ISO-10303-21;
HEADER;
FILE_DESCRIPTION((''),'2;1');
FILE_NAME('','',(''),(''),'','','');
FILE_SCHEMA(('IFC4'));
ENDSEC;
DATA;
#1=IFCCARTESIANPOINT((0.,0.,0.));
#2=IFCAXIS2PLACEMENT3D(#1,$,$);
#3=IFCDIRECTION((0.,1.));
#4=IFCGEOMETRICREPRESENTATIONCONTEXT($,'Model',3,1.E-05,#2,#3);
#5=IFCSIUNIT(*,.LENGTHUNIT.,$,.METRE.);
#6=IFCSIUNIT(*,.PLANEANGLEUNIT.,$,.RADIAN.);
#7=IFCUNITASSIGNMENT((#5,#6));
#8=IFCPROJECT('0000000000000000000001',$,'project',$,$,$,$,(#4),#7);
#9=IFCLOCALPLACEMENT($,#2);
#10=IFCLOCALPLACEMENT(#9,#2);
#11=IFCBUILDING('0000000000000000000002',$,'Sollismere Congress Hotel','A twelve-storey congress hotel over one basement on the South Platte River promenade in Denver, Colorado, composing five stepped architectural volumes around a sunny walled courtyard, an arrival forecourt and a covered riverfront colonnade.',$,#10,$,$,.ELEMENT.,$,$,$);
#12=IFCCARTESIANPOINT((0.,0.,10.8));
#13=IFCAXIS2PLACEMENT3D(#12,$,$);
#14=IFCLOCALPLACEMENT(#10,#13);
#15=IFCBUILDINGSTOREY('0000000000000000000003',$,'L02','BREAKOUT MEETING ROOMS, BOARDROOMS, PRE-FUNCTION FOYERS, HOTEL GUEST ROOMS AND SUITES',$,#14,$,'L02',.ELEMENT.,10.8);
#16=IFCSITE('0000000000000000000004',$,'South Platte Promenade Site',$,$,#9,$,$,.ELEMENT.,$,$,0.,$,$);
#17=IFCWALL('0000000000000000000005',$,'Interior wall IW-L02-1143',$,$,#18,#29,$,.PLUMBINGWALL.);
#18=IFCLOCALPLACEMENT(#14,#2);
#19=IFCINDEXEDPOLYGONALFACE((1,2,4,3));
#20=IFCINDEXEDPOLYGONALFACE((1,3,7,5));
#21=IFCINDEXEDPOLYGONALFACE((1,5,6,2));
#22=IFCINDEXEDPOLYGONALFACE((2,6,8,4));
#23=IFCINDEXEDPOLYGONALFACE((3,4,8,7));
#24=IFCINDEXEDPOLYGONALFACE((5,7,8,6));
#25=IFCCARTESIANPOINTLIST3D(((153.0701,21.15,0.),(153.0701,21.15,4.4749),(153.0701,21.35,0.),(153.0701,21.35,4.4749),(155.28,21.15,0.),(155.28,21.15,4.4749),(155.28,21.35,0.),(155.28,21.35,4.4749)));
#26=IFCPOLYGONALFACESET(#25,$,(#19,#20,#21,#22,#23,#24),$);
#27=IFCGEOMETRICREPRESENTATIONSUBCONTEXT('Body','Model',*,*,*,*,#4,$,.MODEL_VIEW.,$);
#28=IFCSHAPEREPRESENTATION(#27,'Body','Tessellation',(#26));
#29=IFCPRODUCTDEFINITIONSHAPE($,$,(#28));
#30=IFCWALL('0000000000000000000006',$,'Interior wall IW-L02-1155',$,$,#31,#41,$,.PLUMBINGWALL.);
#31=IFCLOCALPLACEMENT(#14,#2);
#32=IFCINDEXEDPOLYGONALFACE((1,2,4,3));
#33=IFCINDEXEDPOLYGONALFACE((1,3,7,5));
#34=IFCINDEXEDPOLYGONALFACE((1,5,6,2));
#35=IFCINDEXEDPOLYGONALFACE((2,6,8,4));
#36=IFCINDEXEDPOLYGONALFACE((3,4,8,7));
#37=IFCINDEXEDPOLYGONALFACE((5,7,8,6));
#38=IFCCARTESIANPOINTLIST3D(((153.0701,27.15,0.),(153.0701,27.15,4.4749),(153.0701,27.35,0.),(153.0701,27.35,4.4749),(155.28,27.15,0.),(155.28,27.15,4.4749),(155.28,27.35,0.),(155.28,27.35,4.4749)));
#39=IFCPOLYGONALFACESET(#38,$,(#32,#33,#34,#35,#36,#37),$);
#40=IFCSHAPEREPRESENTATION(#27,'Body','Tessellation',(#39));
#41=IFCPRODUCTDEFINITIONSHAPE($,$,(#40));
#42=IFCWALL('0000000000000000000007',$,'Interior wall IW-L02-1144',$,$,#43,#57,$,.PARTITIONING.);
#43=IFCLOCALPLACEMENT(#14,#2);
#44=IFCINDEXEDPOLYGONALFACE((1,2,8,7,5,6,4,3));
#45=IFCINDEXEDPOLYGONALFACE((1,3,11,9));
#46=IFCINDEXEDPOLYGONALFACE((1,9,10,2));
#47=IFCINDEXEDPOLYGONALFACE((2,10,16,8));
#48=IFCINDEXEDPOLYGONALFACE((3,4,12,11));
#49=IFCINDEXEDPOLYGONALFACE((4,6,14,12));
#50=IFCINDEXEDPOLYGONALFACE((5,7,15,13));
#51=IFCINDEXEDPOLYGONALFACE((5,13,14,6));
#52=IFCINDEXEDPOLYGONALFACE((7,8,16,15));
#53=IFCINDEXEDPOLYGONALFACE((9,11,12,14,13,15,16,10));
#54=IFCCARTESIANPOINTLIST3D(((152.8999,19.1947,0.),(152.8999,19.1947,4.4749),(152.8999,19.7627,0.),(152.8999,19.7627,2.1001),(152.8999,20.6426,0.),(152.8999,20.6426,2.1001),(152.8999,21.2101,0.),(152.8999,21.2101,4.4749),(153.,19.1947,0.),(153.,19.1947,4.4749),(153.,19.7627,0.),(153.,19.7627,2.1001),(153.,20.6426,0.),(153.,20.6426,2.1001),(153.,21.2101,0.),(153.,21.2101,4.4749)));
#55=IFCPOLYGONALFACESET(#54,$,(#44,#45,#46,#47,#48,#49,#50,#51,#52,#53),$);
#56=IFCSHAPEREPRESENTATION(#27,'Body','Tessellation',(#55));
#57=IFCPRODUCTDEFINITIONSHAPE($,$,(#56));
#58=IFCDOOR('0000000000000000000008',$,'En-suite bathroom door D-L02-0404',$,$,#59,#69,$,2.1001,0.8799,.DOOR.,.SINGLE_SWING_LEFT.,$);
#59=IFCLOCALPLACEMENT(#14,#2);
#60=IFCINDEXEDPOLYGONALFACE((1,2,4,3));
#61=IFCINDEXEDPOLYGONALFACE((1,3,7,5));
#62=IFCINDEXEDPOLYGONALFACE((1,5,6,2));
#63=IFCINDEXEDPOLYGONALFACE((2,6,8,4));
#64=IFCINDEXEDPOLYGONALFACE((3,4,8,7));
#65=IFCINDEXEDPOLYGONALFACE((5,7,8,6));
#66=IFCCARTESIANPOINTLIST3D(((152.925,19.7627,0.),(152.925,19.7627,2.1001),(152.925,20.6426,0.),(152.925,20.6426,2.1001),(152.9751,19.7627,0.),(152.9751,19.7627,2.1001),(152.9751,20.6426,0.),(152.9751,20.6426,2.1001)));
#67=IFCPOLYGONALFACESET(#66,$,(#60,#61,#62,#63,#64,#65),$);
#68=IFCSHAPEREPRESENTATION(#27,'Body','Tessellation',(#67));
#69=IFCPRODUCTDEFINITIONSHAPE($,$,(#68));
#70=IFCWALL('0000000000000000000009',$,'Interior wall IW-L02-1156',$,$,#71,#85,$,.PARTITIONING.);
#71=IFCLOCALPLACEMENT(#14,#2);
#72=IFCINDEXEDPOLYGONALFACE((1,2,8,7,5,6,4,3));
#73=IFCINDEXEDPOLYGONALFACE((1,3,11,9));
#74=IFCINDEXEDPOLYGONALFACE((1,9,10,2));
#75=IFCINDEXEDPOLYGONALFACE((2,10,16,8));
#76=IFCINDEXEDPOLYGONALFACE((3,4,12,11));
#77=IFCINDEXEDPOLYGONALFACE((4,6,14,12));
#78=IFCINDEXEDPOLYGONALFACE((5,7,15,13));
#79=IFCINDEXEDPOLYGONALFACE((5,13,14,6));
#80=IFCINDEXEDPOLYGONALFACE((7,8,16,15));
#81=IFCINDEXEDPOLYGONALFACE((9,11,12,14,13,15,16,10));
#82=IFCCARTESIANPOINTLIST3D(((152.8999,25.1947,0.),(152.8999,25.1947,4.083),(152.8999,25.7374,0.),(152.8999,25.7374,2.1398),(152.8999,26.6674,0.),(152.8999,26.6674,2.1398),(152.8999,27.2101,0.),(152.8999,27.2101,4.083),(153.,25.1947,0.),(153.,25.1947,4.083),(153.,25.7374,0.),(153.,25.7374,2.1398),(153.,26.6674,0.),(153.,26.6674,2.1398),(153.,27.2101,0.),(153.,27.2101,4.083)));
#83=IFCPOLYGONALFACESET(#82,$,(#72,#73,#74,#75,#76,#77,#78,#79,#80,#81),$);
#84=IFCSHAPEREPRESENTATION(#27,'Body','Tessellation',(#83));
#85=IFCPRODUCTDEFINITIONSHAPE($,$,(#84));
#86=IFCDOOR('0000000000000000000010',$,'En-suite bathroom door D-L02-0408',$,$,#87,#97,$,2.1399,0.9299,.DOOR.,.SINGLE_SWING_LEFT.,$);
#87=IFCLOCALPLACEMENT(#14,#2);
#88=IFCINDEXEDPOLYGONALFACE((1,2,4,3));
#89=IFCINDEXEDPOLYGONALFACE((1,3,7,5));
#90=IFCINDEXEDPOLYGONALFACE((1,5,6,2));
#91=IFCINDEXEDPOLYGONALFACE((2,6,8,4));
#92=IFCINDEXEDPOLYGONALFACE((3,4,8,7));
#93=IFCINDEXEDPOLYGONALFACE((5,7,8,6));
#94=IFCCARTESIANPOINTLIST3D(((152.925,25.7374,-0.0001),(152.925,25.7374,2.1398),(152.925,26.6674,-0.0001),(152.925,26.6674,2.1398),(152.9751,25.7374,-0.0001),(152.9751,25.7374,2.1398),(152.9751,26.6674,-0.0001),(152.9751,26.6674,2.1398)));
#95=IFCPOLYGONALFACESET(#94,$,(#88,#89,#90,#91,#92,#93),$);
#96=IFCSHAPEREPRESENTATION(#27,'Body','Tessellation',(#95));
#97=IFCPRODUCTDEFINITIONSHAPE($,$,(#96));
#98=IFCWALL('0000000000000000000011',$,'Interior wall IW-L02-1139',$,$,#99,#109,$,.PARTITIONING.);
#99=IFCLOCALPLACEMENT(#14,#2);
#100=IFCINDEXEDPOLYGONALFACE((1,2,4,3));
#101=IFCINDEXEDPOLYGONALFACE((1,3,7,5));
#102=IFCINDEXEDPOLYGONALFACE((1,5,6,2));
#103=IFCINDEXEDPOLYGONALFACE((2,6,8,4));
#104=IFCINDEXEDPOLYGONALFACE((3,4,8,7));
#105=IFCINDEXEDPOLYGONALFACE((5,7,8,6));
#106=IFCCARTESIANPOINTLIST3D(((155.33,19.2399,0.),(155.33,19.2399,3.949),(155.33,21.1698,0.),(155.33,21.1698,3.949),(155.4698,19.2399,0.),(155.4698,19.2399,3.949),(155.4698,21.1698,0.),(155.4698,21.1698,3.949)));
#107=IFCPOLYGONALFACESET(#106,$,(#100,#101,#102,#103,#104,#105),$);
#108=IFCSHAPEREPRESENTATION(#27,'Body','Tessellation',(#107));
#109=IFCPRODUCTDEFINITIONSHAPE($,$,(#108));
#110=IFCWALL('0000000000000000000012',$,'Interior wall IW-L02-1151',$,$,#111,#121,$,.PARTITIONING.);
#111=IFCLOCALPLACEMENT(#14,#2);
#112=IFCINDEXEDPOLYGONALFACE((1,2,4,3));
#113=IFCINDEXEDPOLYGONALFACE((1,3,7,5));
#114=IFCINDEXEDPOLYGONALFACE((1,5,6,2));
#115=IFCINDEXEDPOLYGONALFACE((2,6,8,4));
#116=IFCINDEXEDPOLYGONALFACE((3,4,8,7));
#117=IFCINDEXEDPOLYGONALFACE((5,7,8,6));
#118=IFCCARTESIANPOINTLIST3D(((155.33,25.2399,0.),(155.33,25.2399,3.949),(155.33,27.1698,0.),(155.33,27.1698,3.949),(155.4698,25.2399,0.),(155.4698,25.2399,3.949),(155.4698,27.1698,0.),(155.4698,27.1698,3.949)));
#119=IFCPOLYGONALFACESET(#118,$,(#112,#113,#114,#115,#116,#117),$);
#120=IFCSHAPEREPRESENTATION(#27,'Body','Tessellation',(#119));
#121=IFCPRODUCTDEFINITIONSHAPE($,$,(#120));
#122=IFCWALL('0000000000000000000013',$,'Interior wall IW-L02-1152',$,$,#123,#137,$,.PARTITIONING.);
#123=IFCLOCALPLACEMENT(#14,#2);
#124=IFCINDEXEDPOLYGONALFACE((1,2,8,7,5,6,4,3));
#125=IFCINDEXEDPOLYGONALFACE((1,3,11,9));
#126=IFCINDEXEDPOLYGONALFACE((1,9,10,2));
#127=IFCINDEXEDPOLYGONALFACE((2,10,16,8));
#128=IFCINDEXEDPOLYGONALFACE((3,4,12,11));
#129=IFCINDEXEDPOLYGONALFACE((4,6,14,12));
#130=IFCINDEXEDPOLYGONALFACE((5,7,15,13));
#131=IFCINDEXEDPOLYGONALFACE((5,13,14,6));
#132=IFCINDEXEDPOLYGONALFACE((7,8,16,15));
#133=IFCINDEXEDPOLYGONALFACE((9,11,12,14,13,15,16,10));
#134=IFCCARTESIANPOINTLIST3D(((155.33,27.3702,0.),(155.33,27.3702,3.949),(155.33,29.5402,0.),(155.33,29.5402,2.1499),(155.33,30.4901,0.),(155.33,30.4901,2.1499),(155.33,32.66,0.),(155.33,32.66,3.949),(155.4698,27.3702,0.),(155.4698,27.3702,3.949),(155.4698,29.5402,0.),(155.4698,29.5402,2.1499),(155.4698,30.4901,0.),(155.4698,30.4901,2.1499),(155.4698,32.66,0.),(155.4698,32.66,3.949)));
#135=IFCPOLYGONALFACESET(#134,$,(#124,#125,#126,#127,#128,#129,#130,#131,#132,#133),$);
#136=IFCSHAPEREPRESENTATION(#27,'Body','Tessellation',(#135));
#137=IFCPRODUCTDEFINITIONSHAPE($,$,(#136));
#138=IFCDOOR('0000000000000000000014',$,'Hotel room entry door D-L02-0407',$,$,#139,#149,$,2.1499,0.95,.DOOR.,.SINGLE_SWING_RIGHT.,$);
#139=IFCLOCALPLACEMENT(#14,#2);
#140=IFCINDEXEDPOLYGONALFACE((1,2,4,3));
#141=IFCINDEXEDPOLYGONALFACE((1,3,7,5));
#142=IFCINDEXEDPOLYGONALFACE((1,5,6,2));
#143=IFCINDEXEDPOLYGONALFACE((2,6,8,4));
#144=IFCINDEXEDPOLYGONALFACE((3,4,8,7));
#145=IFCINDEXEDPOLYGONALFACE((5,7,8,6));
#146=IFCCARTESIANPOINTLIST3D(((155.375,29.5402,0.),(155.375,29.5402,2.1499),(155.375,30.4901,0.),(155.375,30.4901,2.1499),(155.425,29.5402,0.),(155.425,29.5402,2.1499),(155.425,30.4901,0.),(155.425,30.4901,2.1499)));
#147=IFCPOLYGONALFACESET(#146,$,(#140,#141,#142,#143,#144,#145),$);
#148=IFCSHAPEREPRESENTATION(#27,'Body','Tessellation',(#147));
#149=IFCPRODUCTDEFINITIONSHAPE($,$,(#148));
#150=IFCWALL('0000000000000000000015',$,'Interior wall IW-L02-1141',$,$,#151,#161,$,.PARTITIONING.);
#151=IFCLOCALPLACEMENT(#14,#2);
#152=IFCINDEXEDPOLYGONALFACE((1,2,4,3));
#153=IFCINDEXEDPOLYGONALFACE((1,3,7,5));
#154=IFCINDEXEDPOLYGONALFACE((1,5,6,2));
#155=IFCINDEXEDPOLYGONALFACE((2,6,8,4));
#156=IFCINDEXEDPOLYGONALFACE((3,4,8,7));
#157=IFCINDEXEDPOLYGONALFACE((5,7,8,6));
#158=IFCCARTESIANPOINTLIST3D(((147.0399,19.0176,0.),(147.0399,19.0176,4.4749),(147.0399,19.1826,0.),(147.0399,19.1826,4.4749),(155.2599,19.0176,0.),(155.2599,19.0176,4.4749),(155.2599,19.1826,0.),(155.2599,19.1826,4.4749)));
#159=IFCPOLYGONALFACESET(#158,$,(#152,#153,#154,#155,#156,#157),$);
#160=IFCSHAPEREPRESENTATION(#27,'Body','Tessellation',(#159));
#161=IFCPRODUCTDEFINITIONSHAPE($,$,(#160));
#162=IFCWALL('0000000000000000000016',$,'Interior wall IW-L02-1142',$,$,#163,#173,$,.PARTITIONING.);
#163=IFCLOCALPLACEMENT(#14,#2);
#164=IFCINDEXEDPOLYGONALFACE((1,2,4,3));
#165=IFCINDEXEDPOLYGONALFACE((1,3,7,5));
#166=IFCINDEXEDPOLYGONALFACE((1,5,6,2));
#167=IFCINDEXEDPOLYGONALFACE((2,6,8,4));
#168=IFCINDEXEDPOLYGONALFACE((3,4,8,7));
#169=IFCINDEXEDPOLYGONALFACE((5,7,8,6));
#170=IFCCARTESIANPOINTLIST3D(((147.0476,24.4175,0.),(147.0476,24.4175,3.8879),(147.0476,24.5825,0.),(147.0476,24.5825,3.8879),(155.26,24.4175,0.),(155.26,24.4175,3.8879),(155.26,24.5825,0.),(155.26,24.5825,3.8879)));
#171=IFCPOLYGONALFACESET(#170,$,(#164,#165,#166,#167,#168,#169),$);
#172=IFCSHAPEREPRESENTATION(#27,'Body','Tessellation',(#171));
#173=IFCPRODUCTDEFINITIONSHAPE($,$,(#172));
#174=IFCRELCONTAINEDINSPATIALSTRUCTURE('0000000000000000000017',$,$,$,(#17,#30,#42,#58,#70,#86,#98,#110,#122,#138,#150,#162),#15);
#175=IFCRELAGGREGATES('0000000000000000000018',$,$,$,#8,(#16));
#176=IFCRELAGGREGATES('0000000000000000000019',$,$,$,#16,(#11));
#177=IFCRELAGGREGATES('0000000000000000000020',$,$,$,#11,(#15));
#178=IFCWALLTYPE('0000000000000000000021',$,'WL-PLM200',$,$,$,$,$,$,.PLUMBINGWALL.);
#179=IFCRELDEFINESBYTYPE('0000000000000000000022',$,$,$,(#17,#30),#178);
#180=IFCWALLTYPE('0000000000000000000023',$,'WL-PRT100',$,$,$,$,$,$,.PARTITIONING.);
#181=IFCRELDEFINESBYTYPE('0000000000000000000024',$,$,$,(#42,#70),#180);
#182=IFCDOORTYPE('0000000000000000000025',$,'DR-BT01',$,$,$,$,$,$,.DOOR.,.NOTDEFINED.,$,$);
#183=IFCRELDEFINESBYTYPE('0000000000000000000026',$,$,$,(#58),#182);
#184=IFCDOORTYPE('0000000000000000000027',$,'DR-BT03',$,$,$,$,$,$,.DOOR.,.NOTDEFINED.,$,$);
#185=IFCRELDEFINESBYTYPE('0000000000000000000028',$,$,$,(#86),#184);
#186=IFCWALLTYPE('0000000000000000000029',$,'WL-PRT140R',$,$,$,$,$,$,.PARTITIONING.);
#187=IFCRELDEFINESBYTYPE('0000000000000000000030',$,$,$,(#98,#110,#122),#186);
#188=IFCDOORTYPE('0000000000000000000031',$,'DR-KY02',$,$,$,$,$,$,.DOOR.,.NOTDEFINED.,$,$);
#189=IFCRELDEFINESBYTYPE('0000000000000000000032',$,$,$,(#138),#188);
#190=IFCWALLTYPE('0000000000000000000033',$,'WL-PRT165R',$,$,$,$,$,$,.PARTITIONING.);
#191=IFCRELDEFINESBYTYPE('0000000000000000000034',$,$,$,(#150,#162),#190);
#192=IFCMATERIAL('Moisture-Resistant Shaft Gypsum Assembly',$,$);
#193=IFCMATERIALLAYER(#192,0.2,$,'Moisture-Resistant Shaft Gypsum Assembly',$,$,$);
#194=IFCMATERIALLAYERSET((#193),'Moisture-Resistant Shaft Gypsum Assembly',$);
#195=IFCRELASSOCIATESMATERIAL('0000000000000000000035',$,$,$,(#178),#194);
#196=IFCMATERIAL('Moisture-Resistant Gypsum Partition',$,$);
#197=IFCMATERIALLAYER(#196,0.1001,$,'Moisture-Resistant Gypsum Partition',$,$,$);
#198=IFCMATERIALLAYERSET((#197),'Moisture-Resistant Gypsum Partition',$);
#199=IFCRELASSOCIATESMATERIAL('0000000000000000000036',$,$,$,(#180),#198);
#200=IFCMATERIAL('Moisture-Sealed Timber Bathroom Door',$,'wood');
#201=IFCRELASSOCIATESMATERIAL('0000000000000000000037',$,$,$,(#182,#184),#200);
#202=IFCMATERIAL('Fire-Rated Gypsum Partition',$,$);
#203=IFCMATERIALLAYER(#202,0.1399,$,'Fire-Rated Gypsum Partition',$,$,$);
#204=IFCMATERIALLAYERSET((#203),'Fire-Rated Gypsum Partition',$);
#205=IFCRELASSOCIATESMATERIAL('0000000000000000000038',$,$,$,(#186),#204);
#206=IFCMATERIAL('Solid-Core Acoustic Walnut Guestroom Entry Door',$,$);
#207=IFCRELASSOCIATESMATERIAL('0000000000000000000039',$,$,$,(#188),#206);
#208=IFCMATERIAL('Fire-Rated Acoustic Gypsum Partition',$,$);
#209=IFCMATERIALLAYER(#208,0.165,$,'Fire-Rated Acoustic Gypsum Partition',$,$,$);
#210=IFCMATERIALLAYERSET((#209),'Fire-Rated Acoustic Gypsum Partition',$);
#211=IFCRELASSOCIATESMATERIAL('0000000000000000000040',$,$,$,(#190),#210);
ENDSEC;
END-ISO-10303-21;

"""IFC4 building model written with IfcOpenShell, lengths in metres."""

from ifc_helpers import new_model, si_unit, direction, frame, frame_2d, origin, place, context, subcontext, project, spatial, rectangle, extrude, material, layer, layer_set, type_object, element, fill, save


model = new_model("IFC4")

# Units and contexts
model_context = context("Model", 3, precision=1e-05, world=origin(), true_north=direction((0.0, 1.0)))
body_context = subcontext(model_context, "Body", "Model", "MODEL_VIEW")
ifc_project = project(units=[si_unit("LENGTHUNIT", "METRE"), si_unit("PLANEANGLEUNIT", "RADIAN")], contexts=[model_context])

# Site, building, storey
site_placement = place(None, origin())
site = spatial("IfcSite", under=ifc_project, at=site_placement, Name="South Platte Promenade Site", CompositionType="ELEMENT", RefElevation=0.0)
building_placement = place(site_placement, origin())
building = spatial("IfcBuilding", under=site, at=building_placement, Name="Sollismere Congress Hotel", Description="A twelve-storey congress hotel over one basement on the South Platte River promenade in Denver, Colorado, composing five stepped architectural volumes around a sunny walled courtyard, an arrival forecourt and a covered riverfront colonnade.", CompositionType="ELEMENT")
storey_placement = place(building_placement, frame((0.0, 0.0, 10.8)))
storey = spatial("IfcBuildingStorey", under=building, at=storey_placement, Name="L02", Description="BREAKOUT MEETING ROOMS, BOARDROOMS, PRE-FUNCTION FOYERS, HOTEL GUEST ROOMS AND SUITES", LongName="L02", CompositionType="ELEMENT", Elevation=10.8)

# Walls
ifc_material_1 = material(Name="Moisture-Resistant Shaft Gypsum Assembly")
ifc_layer_1 = layer(ifc_material_1, 0.2, Name="Moisture-Resistant Shaft Gypsum Assembly")
ifc_layer_set_1 = layer_set([ifc_layer_1], Name="Moisture-Resistant Shaft Gypsum Assembly")
wall_type_1 = type_object("IfcWallType", Name="WL-PLM200", PredefinedType="PLUMBINGWALL", material=ifc_layer_set_1)
for number, where, z_axis, x_axis, name in (
    (1, (153.0701, 21.25, 0.0), (0.0, 0.0, 1.0), (1.0, 0.0, 0.0), "Interior wall IW-L02-1143"),
    (2, (153.0701, 27.25, 0.0), (0.0, 0.0, 1.0), (1.0, 0.0, 0.0), "Interior wall IW-L02-1155"),
):
    element("IfcWall", number, at=place(storey_placement, frame(where, z_axis=z_axis, x_axis=x_axis)), inside=storey, type_object=wall_type_1, Name=name, PredefinedType="PLUMBINGWALL", context=body_context, shape_type="SweptSolid", body=[
        extrude(rectangle(XDim=2.21, YDim=0.2, at=frame_2d((1.105, 0.0))), origin(), (0.0, 0.0, 1.0), 4.4749),
    ])

# Walls, openings, doors
ifc_material_2 = material(Name="Moisture-Resistant Gypsum Partition")
ifc_layer_2 = layer(ifc_material_2, 0.1001, Name="Moisture-Resistant Gypsum Partition")
ifc_layer_set_2 = layer_set([ifc_layer_2], Name="Moisture-Resistant Gypsum Partition")
wall_type_2 = type_object("IfcWallType", Name="WL-PRT100", PredefinedType="PARTITIONING", material=ifc_layer_set_2)
wall_1_placement = place(storey_placement, frame((152.95, 19.1946, 0.0), z_axis=(0.0, 0.0, 1.0), x_axis=(0.0, 1.0, 0.0)))
wall_1 = element("IfcWall", 3, at=wall_1_placement, inside=storey, type_object=wall_type_2, Name="Interior wall IW-L02-1144", PredefinedType="PARTITIONING", context=body_context, shape_type="SweptSolid", body=[
    extrude(rectangle(XDim=2.0154, YDim=0.1001, at=frame_2d((1.0078, 0.0))), origin(), (0.0, 0.0, 1.0), 4.4749),
])
opening_1_placement = place(wall_1_placement, frame((0.5681, 0.0, 0.0)))
opening_1 = element("IfcOpeningElement", 4, at=opening_1_placement, cuts=wall_1, PredefinedType="OPENING", context=body_context, shape_type="SweptSolid", body=[
    extrude(rectangle(XDim=0.8799, YDim=2.1001, at=frame_2d((0.4399, 1.05))), frame((0.0, 0.0601, 0.0), z_axis=(0.0, -1.0, 0.0), x_axis=(1.0, 0.0, 0.0)), (0.0, 0.0, 1.0), 0.1201),
])
ifc_material_3 = material(Name="Moisture-Sealed Timber Bathroom Door", Category="wood")
door_type_1 = type_object("IfcDoorType", Name="DR-BT01", OperationType="NOTDEFINED", PredefinedType="DOOR", material=ifc_material_3)
door_1_placement = place(opening_1_placement, origin())
door_1 = element("IfcDoor", 5, at=door_1_placement, inside=storey, type_object=door_type_1, Name="En-suite bathroom door D-L02-0404", OperationType="SINGLE_SWING_LEFT", OverallHeight=2.1001, OverallWidth=0.8799, PredefinedType="DOOR", context=body_context, shape_type="SweptSolid", body=[
    extrude(rectangle(XDim=0.8799, YDim=2.1001, at=frame_2d((0.4399, 1.05))), frame((0.0, 0.0249, 0.0), z_axis=(0.0, -1.0, 0.0), x_axis=(1.0, 0.0, 0.0)), (0.0, 0.0, 1.0), 0.05),
])
fill(opening_1, door_1)
wall_2_placement = place(storey_placement, frame((152.95, 25.1946, 0.0), z_axis=(0.0, 0.0, 1.0), x_axis=(0.0, 1.0, 0.0)))
wall_2 = element("IfcWall", 6, at=wall_2_placement, inside=storey, type_object=wall_type_2, Name="Interior wall IW-L02-1156", PredefinedType="PARTITIONING", context=body_context, shape_type="SweptSolid", body=[
    extrude(rectangle(XDim=2.0154, YDim=0.1001, at=frame_2d((1.0078, 0.0))), origin(), (0.0, 0.0, 1.0), 4.083),
])
opening_2_placement = place(wall_2_placement, frame((0.543, 0.0, 0.0)))
opening_2 = element("IfcOpeningElement", 7, at=opening_2_placement, cuts=wall_2, PredefinedType="OPENING", context=body_context, shape_type="SweptSolid", body=[
    extrude(rectangle(XDim=0.9299, YDim=2.1399, at=frame_2d((0.4648, 1.0698))), frame((0.0, 0.0601, 0.0), z_axis=(0.0, -1.0, 0.0), x_axis=(1.0, 0.0, 0.0)), (0.0, 0.0, 1.0), 0.1201),
])
door_type_2 = type_object("IfcDoorType", Name="DR-BT03", OperationType="NOTDEFINED", PredefinedType="DOOR", material=ifc_material_3)
door_2_placement = place(opening_2_placement, origin())
door_2 = element("IfcDoor", 8, at=door_2_placement, inside=storey, type_object=door_type_2, Name="En-suite bathroom door D-L02-0408", OperationType="SINGLE_SWING_LEFT", OverallHeight=2.1399, OverallWidth=0.9299, PredefinedType="DOOR", context=body_context, shape_type="SweptSolid", body=[
    extrude(rectangle(XDim=0.9299, YDim=2.1399, at=frame_2d((0.4648, 1.0698))), frame((0.0, 0.0249, 0.0), z_axis=(0.0, -1.0, 0.0), x_axis=(1.0, 0.0, 0.0)), (0.0, 0.0, 1.0), 0.05),
])
fill(opening_2, door_2)

# Wall
ifc_material_4 = material(Name="Fire-Rated Gypsum Partition")
ifc_layer_3 = layer(ifc_material_4, 0.1399, Name="Fire-Rated Gypsum Partition")
ifc_layer_set_3 = layer_set([ifc_layer_3], Name="Fire-Rated Gypsum Partition")
wall_type_3 = type_object("IfcWallType", Name="WL-PRT140R", PredefinedType="PARTITIONING", material=ifc_layer_set_3)
wall_3_placement = place(storey_placement, frame((155.3999, 19.24, 0.0), z_axis=(0.0, 0.0, 1.0), x_axis=(0.0, 1.0, 0.0)))
element("IfcWall", 9, at=wall_3_placement, inside=storey, type_object=wall_type_3, Name="Interior wall IW-L02-1139", PredefinedType="PARTITIONING", context=body_context, shape_type="SweptSolid", body=[
    extrude(rectangle(XDim=1.9299, YDim=0.1399, at=frame_2d((0.9648, 0.0))), origin(), (0.0, 0.0, 1.0), 3.949),
])

# Shared definitions
ifc_material_5 = material(Name="Solid-Core Acoustic Walnut Guestroom Entry Door")

# Wall
wall_4_placement = place(storey_placement, frame((155.3999, 25.24, 0.0), z_axis=(0.0, 0.0, 1.0), x_axis=(0.0, 1.0, 0.0)))
element("IfcWall", 10, at=wall_4_placement, inside=storey, type_object=wall_type_3, Name="Interior wall IW-L02-1151", PredefinedType="PARTITIONING", context=body_context, shape_type="SweptSolid", body=[
    extrude(rectangle(XDim=1.9299, YDim=0.1399, at=frame_2d((0.9648, 0.0))), origin(), (0.0, 0.0, 1.0), 3.949),
])

# Wall, opening, door
wall_5_placement = place(storey_placement, frame((155.3999, 27.3701, 0.0), z_axis=(0.0, 0.0, 1.0), x_axis=(0.0, 1.0, 0.0)))
wall_5 = element("IfcWall", 11, at=wall_5_placement, inside=storey, type_object=wall_type_3, Name="Interior wall IW-L02-1152", PredefinedType="PARTITIONING", context=body_context, shape_type="SweptSolid", body=[
    extrude(rectangle(XDim=5.2898, YDim=0.1399, at=frame_2d((2.645, 0.0))), origin(), (0.0, 0.0, 1.0), 3.949),
])
opening_3_placement = place(wall_5_placement, frame((2.1699, 0.0, 0.0)))
opening_3 = element("IfcOpeningElement", 12, at=opening_3_placement, cuts=wall_5, PredefinedType="OPENING", context=body_context, shape_type="SweptSolid", body=[
    extrude(rectangle(XDim=0.95, YDim=2.1499, at=frame_2d((0.4751, 1.075))), frame((0.0, 0.0798, 0.0), z_axis=(0.0, -1.0, 0.0), x_axis=(1.0, 0.0, 0.0)), (0.0, 0.0, 1.0), 0.1599),
])
door_type_3 = type_object("IfcDoorType", Name="DR-KY02", OperationType="NOTDEFINED", PredefinedType="DOOR", material=ifc_material_5)
door_3_placement = place(opening_3_placement, origin())
door_3 = element("IfcDoor", 13, at=door_3_placement, inside=storey, type_object=door_type_3, Name="Hotel room entry door D-L02-0407", OperationType="SINGLE_SWING_RIGHT", OverallHeight=2.1499, OverallWidth=0.95, PredefinedType="DOOR", context=body_context, shape_type="SweptSolid", body=[
    extrude(rectangle(XDim=0.95, YDim=2.1499, at=frame_2d((0.4751, 1.075))), frame((0.0, 0.0249, 0.0), z_axis=(0.0, -1.0, 0.0), x_axis=(1.0, 0.0, 0.0)), (0.0, 0.0, 1.0), 0.05),
])
fill(opening_3, door_3)

# Walls
ifc_material_6 = material(Name="Fire-Rated Acoustic Gypsum Partition")
ifc_layer_4 = layer(ifc_material_6, 0.165, Name="Fire-Rated Acoustic Gypsum Partition")
ifc_layer_set_4 = layer_set([ifc_layer_4], Name="Fire-Rated Acoustic Gypsum Partition")
wall_type_4 = type_object("IfcWallType", Name="WL-PRT165R", PredefinedType="PARTITIONING", material=ifc_layer_set_4)
wall_6_placement = place(storey_placement, frame((147.04, 19.1001, 0.0), z_axis=(0.0, 0.0, 1.0), x_axis=(1.0, 0.0, 0.0)))
element("IfcWall", 14, at=wall_6_placement, inside=storey, type_object=wall_type_4, Name="Interior wall IW-L02-1141", PredefinedType="PARTITIONING", context=body_context, shape_type="SweptSolid", body=[
    extrude(rectangle(XDim=8.22, YDim=0.165, at=frame_2d((4.1099, 0.0))), origin(), (0.0, 0.0, 1.0), 4.4749),
])
for number, where, z_axis, x_axis, name in (
    (15, (147.0476, 24.5, 0.0), (0.0, 0.0, 1.0), (1.0, 0.0, 0.0), "Interior wall IW-L02-1142"),
):
    element("IfcWall", number, at=place(storey_placement, frame(where, z_axis=z_axis, x_axis=x_axis)), inside=storey, type_object=wall_type_4, Name=name, PredefinedType="PARTITIONING", context=body_context, shape_type="SweptSolid", body=[
        extrude(rectangle(XDim=8.2124, YDim=0.165, at=frame_2d((4.1062, 0.0))), origin(), (0.0, 0.0, 1.0), 3.8879),
    ])

save(model, "model.ifc")
